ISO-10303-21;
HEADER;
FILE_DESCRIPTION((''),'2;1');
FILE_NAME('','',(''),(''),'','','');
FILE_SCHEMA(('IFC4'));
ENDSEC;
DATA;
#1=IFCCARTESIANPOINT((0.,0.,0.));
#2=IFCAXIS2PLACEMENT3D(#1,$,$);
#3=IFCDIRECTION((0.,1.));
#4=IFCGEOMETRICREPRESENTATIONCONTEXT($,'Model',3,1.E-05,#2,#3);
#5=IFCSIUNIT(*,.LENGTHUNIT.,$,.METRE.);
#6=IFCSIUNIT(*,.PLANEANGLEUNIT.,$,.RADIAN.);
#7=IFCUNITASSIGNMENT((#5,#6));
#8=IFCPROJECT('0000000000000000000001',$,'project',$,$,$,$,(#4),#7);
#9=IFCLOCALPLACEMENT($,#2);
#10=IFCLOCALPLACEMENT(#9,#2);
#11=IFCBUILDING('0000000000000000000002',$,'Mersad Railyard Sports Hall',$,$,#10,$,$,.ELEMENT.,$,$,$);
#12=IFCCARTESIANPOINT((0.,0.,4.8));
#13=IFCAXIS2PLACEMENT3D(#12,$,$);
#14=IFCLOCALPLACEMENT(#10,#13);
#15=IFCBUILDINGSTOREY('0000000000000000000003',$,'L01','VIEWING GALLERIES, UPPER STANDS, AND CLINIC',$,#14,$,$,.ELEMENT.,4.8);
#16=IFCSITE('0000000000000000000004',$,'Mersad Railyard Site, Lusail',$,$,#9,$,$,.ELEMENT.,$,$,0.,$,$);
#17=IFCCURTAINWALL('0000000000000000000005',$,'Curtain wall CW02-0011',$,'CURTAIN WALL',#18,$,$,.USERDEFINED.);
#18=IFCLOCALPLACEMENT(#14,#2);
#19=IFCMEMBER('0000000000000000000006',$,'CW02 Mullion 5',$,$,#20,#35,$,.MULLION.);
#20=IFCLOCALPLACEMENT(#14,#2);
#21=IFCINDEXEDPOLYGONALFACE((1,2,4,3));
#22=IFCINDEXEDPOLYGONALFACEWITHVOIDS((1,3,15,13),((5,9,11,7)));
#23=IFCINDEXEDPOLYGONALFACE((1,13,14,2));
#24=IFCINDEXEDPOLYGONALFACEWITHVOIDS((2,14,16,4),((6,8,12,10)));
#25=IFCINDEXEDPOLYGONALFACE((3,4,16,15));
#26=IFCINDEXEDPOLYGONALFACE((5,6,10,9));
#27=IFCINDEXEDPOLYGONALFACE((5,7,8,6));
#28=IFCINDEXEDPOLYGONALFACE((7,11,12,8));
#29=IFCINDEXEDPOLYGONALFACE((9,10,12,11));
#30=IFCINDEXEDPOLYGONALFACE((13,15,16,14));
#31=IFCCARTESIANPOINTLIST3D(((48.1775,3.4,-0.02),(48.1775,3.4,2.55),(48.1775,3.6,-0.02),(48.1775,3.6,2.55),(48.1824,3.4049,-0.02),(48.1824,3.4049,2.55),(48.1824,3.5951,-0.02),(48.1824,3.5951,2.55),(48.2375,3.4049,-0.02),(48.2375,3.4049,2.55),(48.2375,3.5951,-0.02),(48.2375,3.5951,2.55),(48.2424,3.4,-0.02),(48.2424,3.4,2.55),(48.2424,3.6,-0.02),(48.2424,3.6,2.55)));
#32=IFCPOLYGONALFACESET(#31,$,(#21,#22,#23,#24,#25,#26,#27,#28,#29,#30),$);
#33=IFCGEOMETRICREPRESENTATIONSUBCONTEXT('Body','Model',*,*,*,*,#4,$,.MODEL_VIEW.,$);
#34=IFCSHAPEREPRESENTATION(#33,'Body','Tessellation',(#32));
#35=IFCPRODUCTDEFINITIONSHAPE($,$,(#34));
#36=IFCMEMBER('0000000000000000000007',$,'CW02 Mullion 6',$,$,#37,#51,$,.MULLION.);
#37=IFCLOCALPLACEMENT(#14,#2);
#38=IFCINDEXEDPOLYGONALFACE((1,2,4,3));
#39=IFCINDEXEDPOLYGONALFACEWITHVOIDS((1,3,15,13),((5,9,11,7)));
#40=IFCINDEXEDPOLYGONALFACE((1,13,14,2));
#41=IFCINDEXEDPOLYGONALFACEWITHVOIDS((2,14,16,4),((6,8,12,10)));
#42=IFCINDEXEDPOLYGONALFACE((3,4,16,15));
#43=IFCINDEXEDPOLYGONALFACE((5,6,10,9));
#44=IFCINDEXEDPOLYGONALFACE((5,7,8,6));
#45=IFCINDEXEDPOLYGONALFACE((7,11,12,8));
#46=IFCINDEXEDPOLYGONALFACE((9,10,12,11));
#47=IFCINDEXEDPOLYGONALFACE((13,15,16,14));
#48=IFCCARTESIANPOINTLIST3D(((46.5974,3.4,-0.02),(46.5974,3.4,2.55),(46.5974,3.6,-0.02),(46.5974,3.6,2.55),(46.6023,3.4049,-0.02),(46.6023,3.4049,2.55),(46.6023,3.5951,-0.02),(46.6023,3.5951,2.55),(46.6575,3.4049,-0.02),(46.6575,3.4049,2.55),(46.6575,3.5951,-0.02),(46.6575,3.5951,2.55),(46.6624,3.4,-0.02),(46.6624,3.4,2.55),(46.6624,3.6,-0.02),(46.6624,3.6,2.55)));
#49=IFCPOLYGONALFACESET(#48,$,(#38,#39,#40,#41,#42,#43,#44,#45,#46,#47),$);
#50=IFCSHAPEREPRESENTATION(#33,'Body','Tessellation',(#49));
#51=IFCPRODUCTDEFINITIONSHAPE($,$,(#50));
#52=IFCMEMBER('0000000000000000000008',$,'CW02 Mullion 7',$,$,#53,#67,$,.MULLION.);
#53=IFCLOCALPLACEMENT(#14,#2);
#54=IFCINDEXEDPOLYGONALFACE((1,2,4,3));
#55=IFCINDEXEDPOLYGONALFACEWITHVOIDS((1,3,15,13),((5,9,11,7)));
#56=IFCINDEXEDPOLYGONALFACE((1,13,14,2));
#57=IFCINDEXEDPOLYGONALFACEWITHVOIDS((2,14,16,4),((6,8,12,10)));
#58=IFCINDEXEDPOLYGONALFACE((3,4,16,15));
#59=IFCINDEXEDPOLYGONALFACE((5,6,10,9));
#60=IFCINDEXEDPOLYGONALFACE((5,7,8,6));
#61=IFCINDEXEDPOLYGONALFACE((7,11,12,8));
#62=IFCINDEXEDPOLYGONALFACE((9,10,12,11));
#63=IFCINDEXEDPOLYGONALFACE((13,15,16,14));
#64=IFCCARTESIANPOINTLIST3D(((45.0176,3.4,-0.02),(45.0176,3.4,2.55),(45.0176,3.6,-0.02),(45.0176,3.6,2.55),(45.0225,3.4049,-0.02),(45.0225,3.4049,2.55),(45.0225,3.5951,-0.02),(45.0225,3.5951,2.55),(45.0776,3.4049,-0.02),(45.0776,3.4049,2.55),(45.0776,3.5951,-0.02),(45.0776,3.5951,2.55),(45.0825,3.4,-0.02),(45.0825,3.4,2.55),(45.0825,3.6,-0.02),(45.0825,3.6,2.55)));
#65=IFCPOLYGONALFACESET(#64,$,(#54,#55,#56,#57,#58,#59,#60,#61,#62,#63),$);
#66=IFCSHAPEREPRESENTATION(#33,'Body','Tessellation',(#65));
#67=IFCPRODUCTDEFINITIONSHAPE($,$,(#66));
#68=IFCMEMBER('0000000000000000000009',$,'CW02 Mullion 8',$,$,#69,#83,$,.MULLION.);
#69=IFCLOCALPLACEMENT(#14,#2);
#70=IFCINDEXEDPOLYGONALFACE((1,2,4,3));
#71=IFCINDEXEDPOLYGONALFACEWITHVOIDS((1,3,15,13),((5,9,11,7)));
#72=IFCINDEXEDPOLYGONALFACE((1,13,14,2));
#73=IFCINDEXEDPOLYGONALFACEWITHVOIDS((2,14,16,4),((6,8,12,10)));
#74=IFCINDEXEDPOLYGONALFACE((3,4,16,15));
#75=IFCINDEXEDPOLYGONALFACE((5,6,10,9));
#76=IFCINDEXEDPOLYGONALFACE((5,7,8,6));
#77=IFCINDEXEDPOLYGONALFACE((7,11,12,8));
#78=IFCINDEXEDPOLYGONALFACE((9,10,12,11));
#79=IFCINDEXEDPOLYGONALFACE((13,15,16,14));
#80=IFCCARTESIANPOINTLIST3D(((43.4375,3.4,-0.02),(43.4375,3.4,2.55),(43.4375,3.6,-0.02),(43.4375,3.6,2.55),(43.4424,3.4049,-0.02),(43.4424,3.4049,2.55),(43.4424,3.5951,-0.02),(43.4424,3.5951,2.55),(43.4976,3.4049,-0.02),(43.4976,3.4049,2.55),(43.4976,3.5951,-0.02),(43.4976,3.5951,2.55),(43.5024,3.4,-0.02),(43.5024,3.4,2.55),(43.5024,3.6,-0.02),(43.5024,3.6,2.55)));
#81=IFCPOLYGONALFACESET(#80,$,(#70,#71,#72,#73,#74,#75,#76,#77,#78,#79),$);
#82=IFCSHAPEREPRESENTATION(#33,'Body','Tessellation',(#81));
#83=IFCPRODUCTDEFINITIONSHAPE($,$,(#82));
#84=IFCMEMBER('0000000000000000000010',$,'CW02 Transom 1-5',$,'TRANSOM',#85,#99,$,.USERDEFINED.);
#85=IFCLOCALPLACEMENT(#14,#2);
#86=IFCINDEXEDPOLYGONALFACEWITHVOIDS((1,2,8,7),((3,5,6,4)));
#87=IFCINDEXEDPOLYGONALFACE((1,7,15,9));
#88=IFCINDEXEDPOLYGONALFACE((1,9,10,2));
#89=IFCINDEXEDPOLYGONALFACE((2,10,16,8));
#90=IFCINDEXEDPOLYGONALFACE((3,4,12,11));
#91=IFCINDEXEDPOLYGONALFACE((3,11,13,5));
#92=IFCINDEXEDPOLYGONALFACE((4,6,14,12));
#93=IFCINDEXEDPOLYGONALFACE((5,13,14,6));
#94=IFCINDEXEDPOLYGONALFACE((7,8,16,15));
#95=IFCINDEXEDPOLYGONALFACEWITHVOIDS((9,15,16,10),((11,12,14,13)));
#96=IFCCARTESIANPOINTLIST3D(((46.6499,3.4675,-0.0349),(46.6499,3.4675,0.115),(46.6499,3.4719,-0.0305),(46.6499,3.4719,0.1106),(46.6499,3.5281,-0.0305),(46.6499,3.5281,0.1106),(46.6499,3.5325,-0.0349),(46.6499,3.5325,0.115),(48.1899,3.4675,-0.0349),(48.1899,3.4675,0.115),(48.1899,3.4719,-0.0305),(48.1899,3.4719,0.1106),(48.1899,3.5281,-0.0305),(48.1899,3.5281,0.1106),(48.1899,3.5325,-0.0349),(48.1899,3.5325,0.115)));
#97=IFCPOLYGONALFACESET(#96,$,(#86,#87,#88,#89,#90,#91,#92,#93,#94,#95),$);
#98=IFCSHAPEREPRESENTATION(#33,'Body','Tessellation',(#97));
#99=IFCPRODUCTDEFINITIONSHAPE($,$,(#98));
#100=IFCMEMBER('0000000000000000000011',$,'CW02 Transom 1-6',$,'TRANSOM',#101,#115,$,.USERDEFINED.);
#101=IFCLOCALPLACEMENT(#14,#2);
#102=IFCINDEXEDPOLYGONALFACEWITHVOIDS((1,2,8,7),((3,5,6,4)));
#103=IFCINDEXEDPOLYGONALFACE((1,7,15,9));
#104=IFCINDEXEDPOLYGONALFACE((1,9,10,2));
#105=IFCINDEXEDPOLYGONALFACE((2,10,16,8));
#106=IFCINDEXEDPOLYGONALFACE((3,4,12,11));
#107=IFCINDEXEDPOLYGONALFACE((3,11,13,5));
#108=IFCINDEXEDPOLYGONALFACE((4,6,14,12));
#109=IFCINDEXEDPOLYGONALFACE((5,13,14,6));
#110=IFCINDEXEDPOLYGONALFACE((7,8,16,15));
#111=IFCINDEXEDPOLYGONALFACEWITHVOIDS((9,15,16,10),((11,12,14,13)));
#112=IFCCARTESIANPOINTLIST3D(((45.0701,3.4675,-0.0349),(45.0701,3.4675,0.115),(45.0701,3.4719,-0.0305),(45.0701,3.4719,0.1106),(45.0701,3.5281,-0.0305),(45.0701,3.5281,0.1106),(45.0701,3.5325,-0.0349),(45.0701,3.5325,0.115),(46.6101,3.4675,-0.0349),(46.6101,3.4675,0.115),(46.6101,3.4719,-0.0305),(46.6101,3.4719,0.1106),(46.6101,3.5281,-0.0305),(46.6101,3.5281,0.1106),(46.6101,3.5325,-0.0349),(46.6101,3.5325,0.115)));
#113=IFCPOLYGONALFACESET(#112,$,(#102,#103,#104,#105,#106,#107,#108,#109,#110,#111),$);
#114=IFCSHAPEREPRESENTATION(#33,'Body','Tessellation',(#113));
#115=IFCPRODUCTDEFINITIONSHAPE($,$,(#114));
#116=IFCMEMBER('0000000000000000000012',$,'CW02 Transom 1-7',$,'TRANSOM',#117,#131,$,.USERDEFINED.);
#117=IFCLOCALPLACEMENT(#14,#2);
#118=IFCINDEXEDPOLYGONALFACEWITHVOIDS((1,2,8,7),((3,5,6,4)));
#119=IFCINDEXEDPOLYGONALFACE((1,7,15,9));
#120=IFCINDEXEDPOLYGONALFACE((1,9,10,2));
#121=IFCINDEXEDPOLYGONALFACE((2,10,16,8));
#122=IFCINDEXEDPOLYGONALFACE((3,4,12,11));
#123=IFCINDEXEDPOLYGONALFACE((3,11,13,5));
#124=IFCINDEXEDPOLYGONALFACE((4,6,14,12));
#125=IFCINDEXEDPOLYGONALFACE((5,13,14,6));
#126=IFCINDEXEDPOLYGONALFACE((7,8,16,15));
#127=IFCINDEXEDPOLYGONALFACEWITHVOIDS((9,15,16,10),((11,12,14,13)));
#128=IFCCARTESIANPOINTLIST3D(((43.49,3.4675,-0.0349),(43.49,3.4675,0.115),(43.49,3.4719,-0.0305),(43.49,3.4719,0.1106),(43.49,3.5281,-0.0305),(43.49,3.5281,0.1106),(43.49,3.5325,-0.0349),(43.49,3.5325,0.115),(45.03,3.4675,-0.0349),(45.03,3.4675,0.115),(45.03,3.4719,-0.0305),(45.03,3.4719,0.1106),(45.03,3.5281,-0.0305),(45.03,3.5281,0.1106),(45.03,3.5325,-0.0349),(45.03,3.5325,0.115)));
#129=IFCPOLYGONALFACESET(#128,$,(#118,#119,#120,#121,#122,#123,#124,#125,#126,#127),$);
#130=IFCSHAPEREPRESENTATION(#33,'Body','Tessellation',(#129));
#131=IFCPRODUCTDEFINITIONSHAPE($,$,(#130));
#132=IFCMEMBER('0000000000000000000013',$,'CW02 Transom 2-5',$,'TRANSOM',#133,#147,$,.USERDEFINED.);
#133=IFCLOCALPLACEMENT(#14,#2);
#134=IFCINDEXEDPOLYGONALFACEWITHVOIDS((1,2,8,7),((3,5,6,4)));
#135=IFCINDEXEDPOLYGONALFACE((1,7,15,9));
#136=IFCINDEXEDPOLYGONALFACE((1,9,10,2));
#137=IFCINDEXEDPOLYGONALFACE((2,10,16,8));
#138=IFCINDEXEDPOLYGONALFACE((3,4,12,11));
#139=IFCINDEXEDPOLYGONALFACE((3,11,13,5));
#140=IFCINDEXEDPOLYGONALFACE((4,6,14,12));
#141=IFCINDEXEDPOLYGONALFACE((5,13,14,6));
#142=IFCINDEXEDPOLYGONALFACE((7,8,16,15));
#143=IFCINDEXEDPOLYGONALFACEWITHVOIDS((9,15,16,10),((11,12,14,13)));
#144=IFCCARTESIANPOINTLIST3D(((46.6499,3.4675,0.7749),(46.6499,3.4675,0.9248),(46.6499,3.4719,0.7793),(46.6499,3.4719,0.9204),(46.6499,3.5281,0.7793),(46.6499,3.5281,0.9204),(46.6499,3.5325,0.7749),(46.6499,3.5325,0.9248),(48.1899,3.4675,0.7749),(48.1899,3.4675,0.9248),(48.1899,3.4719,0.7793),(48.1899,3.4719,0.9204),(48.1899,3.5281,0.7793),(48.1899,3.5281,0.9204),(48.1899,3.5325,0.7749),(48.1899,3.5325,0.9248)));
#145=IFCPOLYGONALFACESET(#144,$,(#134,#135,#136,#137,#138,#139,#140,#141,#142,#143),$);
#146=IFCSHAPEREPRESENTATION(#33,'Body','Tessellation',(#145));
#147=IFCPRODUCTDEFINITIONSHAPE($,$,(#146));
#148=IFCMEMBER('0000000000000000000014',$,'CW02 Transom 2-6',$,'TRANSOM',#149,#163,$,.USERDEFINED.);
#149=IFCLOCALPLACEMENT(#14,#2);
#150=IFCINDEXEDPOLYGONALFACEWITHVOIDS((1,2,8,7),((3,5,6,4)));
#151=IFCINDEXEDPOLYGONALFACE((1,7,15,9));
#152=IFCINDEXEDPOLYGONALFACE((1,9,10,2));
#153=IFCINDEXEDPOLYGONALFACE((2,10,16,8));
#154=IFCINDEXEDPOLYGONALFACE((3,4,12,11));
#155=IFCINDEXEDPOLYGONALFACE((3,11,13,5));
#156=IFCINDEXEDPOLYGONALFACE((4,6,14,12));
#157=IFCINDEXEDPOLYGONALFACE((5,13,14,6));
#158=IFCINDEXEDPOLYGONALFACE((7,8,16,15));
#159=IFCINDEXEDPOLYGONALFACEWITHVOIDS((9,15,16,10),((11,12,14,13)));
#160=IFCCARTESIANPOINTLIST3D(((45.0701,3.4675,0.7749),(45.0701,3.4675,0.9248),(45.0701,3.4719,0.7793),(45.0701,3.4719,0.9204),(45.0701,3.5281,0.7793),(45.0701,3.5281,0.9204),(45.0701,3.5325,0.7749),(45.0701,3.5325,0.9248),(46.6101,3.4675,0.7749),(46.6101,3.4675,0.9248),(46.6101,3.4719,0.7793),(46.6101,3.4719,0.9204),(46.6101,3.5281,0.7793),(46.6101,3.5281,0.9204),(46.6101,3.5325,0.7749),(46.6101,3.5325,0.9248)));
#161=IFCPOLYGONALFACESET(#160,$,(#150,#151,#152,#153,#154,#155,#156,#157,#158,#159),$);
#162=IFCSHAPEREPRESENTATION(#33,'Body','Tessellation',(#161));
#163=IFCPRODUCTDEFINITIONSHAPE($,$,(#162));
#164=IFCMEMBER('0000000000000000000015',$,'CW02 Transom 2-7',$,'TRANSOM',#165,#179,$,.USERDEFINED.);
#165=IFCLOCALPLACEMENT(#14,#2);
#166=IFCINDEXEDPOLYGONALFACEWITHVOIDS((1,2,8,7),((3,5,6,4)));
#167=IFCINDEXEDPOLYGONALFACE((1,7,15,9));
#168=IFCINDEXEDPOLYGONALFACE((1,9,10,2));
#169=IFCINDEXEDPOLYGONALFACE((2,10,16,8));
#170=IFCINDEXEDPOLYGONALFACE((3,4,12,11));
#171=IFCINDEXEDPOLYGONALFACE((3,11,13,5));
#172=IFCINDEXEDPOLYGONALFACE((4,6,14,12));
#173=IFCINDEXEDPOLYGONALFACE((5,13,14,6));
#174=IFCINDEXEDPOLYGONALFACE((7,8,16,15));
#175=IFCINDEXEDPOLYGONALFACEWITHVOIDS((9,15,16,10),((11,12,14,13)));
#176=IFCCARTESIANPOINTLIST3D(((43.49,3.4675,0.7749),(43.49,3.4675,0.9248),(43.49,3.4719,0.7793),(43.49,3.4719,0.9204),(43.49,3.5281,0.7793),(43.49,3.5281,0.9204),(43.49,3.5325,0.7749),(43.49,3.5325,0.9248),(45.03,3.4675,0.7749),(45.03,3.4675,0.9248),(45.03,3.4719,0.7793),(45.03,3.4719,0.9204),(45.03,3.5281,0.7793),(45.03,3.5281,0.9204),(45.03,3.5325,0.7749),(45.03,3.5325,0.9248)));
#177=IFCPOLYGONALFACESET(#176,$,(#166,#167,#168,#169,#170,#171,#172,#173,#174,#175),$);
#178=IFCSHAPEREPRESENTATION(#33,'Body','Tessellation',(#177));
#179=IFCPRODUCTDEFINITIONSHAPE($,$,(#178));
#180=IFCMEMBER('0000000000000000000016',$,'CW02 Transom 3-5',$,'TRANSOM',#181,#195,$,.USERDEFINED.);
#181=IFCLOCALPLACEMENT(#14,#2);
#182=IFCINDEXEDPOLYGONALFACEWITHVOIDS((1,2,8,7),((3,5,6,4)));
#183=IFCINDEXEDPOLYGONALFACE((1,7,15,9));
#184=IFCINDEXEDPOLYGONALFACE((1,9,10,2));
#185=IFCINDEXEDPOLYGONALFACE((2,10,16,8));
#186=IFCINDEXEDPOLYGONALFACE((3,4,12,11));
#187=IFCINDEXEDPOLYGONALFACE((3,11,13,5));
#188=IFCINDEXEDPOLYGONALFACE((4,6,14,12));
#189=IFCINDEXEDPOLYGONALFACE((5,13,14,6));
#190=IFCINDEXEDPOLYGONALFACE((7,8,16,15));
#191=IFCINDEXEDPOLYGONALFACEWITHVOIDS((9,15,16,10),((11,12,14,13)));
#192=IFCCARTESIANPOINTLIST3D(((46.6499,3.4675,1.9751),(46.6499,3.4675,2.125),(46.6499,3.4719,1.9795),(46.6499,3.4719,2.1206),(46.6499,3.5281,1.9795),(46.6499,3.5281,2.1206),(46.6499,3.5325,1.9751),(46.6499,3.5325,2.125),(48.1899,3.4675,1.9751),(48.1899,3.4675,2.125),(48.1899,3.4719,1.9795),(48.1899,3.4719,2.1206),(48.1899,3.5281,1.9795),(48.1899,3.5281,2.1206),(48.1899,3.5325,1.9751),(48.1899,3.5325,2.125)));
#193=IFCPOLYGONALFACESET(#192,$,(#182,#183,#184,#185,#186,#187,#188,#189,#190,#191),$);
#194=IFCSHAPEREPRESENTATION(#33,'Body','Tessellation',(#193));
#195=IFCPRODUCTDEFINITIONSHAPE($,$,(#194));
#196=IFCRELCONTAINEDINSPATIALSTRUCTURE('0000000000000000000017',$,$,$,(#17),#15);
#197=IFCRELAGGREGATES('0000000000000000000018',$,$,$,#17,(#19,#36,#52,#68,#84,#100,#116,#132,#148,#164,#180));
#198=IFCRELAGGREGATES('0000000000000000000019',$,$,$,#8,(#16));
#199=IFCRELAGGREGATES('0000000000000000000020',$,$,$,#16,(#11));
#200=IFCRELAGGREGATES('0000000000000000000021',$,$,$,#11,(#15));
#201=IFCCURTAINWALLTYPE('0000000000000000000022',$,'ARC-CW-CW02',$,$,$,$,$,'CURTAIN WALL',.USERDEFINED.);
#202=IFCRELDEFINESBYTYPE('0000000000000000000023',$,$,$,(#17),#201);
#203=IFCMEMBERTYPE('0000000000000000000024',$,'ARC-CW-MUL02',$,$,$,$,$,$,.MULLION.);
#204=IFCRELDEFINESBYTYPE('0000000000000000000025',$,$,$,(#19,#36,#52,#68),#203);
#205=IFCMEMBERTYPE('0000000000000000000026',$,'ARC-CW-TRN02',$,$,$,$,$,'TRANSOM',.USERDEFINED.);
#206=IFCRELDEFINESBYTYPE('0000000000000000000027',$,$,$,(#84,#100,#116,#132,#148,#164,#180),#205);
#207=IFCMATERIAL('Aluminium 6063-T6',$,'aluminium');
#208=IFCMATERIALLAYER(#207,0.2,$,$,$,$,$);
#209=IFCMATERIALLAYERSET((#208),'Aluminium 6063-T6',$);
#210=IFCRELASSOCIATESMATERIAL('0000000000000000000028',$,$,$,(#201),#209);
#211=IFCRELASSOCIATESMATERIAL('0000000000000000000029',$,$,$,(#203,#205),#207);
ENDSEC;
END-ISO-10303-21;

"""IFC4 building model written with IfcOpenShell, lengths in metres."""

from ifc_helpers import new_model, si_unit, direction, frame, origin, origin_2d, place, context, subcontext, project, spatial, hollow_rectangle, extrude, material, layer, layer_set, material_profile, profile_set, type_object, element, aggregate, save


model = new_model("IFC4")

# Units and contexts
model_context = context("Model", 3, precision=1e-05, world=origin(), true_north=direction((0.0, 1.0)))
body_context = subcontext(model_context, "Body", "Model", "MODEL_VIEW")
ifc_project = project(units=[si_unit("LENGTHUNIT", "METRE"), si_unit("PLANEANGLEUNIT", "RADIAN")], contexts=[model_context])

# Site, building, storey
site_placement = place(None, origin())
site = spatial("IfcSite", under=ifc_project, at=site_placement, Name="Mersad Railyard Site, Lusail", CompositionType="ELEMENT", RefElevation=0.0)
building_placement = place(site_placement, origin())
building = spatial("IfcBuilding", under=site, at=building_placement, Name="Mersad Railyard Sports Hall", CompositionType="ELEMENT")
storey_placement = place(building_placement, frame((0.0, 0.0, 4.8)))
storey = spatial("IfcBuildingStorey", under=building, at=storey_placement, Name="L01", Description="VIEWING GALLERIES, UPPER STANDS, AND CLINIC", CompositionType="ELEMENT", Elevation=4.8)

# Curtain wall, members
ifc_material_1 = material(Name="Aluminium 6063-T6", Category="aluminium")
ifc_layer_1 = layer(ifc_material_1, 0.2)
ifc_layer_set_1 = layer_set([ifc_layer_1], Name="Aluminium 6063-T6")
curtain_wall_type = type_object("IfcCurtainWallType", Name="ARC-CW-CW02", ElementType="CURTAIN WALL", PredefinedType="USERDEFINED", material=ifc_layer_set_1)
curtain_wall_placement = place(storey_placement, origin())
curtain_wall = element("IfcCurtainWall", 1, at=curtain_wall_placement, inside=storey, type_object=curtain_wall_type, Name="Curtain wall CW02-0011", ObjectType="CURTAIN WALL", PredefinedType="USERDEFINED")
ifc_material_profile_1 = material_profile(ifc_material_1, hollow_rectangle(XDim=0.0649, YDim=0.2, WallThickness=0.0049, at=origin_2d()), Name="AL MULLION 65x200x5")
ifc_profile_set_1 = profile_set([ifc_material_profile_1], Name="Aluminium 6063-T6")
member_type_1 = type_object("IfcMemberType", Name="ARC-CW-MUL02", PredefinedType="MULLION", material=ifc_profile_set_1)
member_1_placement = place(storey_placement, frame((48.21, 3.5, -0.02), z_axis=(0.0, 0.0, 1.0), x_axis=(1.0, 0.0, 0.0)))
member_1 = element("IfcMember", 2, at=member_1_placement, type_object=member_type_1, Name="CW02 Mullion 5", PredefinedType="MULLION", context=body_context, shape_type="SweptSolid", body=[
    extrude(hollow_rectangle(XDim=0.0649, YDim=0.2, WallThickness=0.0049, at=origin_2d()), origin(), (0.0, 0.0, 1.0), 2.5701),
])
member_2_placement = place(storey_placement, frame((46.6299, 3.5, -0.02), z_axis=(0.0, 0.0, 1.0), x_axis=(1.0, 0.0, 0.0)))
member_2 = element("IfcMember", 3, at=member_2_placement, type_object=member_type_1, Name="CW02 Mullion 6", PredefinedType="MULLION", context=body_context, shape_type="SweptSolid", body=[
    extrude(hollow_rectangle(XDim=0.0649, YDim=0.2, WallThickness=0.0049, at=origin_2d()), origin(), (0.0, 0.0, 1.0), 2.5701),
])
member_3_placement = place(storey_placement, frame((45.05, 3.5, -0.02), z_axis=(0.0, 0.0, 1.0), x_axis=(1.0, 0.0, 0.0)))
member_3 = element("IfcMember", 4, at=member_3_placement, type_object=member_type_1, Name="CW02 Mullion 7", PredefinedType="MULLION", context=body_context, shape_type="SweptSolid", body=[
    extrude(hollow_rectangle(XDim=0.0649, YDim=0.2, WallThickness=0.0049, at=origin_2d()), origin(), (0.0, 0.0, 1.0), 2.5701),
])
member_4_placement = place(storey_placement, frame((43.47, 3.5, -0.02), z_axis=(0.0, 0.0, 1.0), x_axis=(1.0, 0.0, 0.0)))
member_4 = element("IfcMember", 5, at=member_4_placement, type_object=member_type_1, Name="CW02 Mullion 8", PredefinedType="MULLION", context=body_context, shape_type="SweptSolid", body=[
    extrude(hollow_rectangle(XDim=0.0649, YDim=0.2, WallThickness=0.0049, at=origin_2d()), origin(), (0.0, 0.0, 1.0), 2.5701),
])
ifc_material_profile_2 = material_profile(ifc_material_1, hollow_rectangle(XDim=0.0649, YDim=0.1499, WallThickness=0.0044, at=origin_2d()), Name="AL TRANSOM 65x150x4.5")
ifc_profile_set_2 = profile_set([ifc_material_profile_2], Name="Aluminium 6063-T6")
member_type_2 = type_object("IfcMemberType", Name="ARC-CW-TRN02", ElementType="TRANSOM", PredefinedType="USERDEFINED", material=ifc_profile_set_2)
member_5_placement = place(storey_placement, frame((48.1899, 3.5, 0.04), z_axis=(-1.0, 0.0, 0.0), x_axis=(0.0, -1.0, 0.0)))
member_5 = element("IfcMember", 6, at=member_5_placement, type_object=member_type_2, Name="CW02 Transom 1-5", ObjectType="TRANSOM", PredefinedType="USERDEFINED", context=body_context, shape_type="SweptSolid", body=[
    extrude(hollow_rectangle(XDim=0.0649, YDim=0.1499, WallThickness=0.0044, at=origin_2d()), origin(), (0.0, 0.0, 1.0), 1.54),
])
member_6_placement = place(storey_placement, frame((46.6101, 3.5, 0.04), z_axis=(-1.0, 0.0, 0.0), x_axis=(0.0, -1.0, 0.0)))
member_6 = element("IfcMember", 7, at=member_6_placement, type_object=member_type_2, Name="CW02 Transom 1-6", ObjectType="TRANSOM", PredefinedType="USERDEFINED", context=body_context, shape_type="SweptSolid", body=[
    extrude(hollow_rectangle(XDim=0.0649, YDim=0.1499, WallThickness=0.0044, at=origin_2d()), origin(), (0.0, 0.0, 1.0), 1.54),
])
member_7_placement = place(storey_placement, frame((45.03, 3.5, 0.04), z_axis=(-1.0, 0.0, 0.0), x_axis=(0.0, -1.0, 0.0)))
member_7 = element("IfcMember", 8, at=member_7_placement, type_object=member_type_2, Name="CW02 Transom 1-7", ObjectType="TRANSOM", PredefinedType="USERDEFINED", context=body_context, shape_type="SweptSolid", body=[
    extrude(hollow_rectangle(XDim=0.0649, YDim=0.1499, WallThickness=0.0044, at=origin_2d()), origin(), (0.0, 0.0, 1.0), 1.54),
])
member_8_placement = place(storey_placement, frame((48.1899, 3.5, 0.8499), z_axis=(-1.0, 0.0, 0.0), x_axis=(0.0, -1.0, 0.0)))
member_8 = element("IfcMember", 9, at=member_8_placement, type_object=member_type_2, Name="CW02 Transom 2-5", ObjectType="TRANSOM", PredefinedType="USERDEFINED", context=body_context, shape_type="SweptSolid", body=[
    extrude(hollow_rectangle(XDim=0.0649, YDim=0.1499, WallThickness=0.0044, at=origin_2d()), origin(), (0.0, 0.0, 1.0), 1.54),
])
member_9_placement = place(storey_placement, frame((46.6101, 3.5, 0.8499), z_axis=(-1.0, 0.0, 0.0), x_axis=(0.0, -1.0, 0.0)))
member_9 = element("IfcMember", 10, at=member_9_placement, type_object=member_type_2, Name="CW02 Transom 2-6", ObjectType="TRANSOM", PredefinedType="USERDEFINED", context=body_context, shape_type="SweptSolid", body=[
    extrude(hollow_rectangle(XDim=0.0649, YDim=0.1499, WallThickness=0.0044, at=origin_2d()), origin(), (0.0, 0.0, 1.0), 1.54),
])
member_10_placement = place(storey_placement, frame((45.03, 3.5, 0.8499), z_axis=(-1.0, 0.0, 0.0), x_axis=(0.0, -1.0, 0.0)))
member_10 = element("IfcMember", 11, at=member_10_placement, type_object=member_type_2, Name="CW02 Transom 2-7", ObjectType="TRANSOM", PredefinedType="USERDEFINED", context=body_context, shape_type="SweptSolid", body=[
    extrude(hollow_rectangle(XDim=0.0649, YDim=0.1499, WallThickness=0.0044, at=origin_2d()), origin(), (0.0, 0.0, 1.0), 1.54),
])
member_11_placement = place(storey_placement, frame((48.1899, 3.5, 2.05), z_axis=(-1.0, 0.0, 0.0), x_axis=(0.0, -1.0, 0.0)))
member_11 = element("IfcMember", 12, at=member_11_placement, type_object=member_type_2, Name="CW02 Transom 3-5", ObjectType="TRANSOM", PredefinedType="USERDEFINED", context=body_context, shape_type="SweptSolid", body=[
    extrude(hollow_rectangle(XDim=0.0649, YDim=0.1499, WallThickness=0.0044, at=origin_2d()), origin(), (0.0, 0.0, 1.0), 1.54),
])

aggregate(curtain_wall, [member_1, member_2, member_3, member_4, member_5, member_6, member_7, member_8, member_9, member_10, member_11])

save(model, "model.ifc")
